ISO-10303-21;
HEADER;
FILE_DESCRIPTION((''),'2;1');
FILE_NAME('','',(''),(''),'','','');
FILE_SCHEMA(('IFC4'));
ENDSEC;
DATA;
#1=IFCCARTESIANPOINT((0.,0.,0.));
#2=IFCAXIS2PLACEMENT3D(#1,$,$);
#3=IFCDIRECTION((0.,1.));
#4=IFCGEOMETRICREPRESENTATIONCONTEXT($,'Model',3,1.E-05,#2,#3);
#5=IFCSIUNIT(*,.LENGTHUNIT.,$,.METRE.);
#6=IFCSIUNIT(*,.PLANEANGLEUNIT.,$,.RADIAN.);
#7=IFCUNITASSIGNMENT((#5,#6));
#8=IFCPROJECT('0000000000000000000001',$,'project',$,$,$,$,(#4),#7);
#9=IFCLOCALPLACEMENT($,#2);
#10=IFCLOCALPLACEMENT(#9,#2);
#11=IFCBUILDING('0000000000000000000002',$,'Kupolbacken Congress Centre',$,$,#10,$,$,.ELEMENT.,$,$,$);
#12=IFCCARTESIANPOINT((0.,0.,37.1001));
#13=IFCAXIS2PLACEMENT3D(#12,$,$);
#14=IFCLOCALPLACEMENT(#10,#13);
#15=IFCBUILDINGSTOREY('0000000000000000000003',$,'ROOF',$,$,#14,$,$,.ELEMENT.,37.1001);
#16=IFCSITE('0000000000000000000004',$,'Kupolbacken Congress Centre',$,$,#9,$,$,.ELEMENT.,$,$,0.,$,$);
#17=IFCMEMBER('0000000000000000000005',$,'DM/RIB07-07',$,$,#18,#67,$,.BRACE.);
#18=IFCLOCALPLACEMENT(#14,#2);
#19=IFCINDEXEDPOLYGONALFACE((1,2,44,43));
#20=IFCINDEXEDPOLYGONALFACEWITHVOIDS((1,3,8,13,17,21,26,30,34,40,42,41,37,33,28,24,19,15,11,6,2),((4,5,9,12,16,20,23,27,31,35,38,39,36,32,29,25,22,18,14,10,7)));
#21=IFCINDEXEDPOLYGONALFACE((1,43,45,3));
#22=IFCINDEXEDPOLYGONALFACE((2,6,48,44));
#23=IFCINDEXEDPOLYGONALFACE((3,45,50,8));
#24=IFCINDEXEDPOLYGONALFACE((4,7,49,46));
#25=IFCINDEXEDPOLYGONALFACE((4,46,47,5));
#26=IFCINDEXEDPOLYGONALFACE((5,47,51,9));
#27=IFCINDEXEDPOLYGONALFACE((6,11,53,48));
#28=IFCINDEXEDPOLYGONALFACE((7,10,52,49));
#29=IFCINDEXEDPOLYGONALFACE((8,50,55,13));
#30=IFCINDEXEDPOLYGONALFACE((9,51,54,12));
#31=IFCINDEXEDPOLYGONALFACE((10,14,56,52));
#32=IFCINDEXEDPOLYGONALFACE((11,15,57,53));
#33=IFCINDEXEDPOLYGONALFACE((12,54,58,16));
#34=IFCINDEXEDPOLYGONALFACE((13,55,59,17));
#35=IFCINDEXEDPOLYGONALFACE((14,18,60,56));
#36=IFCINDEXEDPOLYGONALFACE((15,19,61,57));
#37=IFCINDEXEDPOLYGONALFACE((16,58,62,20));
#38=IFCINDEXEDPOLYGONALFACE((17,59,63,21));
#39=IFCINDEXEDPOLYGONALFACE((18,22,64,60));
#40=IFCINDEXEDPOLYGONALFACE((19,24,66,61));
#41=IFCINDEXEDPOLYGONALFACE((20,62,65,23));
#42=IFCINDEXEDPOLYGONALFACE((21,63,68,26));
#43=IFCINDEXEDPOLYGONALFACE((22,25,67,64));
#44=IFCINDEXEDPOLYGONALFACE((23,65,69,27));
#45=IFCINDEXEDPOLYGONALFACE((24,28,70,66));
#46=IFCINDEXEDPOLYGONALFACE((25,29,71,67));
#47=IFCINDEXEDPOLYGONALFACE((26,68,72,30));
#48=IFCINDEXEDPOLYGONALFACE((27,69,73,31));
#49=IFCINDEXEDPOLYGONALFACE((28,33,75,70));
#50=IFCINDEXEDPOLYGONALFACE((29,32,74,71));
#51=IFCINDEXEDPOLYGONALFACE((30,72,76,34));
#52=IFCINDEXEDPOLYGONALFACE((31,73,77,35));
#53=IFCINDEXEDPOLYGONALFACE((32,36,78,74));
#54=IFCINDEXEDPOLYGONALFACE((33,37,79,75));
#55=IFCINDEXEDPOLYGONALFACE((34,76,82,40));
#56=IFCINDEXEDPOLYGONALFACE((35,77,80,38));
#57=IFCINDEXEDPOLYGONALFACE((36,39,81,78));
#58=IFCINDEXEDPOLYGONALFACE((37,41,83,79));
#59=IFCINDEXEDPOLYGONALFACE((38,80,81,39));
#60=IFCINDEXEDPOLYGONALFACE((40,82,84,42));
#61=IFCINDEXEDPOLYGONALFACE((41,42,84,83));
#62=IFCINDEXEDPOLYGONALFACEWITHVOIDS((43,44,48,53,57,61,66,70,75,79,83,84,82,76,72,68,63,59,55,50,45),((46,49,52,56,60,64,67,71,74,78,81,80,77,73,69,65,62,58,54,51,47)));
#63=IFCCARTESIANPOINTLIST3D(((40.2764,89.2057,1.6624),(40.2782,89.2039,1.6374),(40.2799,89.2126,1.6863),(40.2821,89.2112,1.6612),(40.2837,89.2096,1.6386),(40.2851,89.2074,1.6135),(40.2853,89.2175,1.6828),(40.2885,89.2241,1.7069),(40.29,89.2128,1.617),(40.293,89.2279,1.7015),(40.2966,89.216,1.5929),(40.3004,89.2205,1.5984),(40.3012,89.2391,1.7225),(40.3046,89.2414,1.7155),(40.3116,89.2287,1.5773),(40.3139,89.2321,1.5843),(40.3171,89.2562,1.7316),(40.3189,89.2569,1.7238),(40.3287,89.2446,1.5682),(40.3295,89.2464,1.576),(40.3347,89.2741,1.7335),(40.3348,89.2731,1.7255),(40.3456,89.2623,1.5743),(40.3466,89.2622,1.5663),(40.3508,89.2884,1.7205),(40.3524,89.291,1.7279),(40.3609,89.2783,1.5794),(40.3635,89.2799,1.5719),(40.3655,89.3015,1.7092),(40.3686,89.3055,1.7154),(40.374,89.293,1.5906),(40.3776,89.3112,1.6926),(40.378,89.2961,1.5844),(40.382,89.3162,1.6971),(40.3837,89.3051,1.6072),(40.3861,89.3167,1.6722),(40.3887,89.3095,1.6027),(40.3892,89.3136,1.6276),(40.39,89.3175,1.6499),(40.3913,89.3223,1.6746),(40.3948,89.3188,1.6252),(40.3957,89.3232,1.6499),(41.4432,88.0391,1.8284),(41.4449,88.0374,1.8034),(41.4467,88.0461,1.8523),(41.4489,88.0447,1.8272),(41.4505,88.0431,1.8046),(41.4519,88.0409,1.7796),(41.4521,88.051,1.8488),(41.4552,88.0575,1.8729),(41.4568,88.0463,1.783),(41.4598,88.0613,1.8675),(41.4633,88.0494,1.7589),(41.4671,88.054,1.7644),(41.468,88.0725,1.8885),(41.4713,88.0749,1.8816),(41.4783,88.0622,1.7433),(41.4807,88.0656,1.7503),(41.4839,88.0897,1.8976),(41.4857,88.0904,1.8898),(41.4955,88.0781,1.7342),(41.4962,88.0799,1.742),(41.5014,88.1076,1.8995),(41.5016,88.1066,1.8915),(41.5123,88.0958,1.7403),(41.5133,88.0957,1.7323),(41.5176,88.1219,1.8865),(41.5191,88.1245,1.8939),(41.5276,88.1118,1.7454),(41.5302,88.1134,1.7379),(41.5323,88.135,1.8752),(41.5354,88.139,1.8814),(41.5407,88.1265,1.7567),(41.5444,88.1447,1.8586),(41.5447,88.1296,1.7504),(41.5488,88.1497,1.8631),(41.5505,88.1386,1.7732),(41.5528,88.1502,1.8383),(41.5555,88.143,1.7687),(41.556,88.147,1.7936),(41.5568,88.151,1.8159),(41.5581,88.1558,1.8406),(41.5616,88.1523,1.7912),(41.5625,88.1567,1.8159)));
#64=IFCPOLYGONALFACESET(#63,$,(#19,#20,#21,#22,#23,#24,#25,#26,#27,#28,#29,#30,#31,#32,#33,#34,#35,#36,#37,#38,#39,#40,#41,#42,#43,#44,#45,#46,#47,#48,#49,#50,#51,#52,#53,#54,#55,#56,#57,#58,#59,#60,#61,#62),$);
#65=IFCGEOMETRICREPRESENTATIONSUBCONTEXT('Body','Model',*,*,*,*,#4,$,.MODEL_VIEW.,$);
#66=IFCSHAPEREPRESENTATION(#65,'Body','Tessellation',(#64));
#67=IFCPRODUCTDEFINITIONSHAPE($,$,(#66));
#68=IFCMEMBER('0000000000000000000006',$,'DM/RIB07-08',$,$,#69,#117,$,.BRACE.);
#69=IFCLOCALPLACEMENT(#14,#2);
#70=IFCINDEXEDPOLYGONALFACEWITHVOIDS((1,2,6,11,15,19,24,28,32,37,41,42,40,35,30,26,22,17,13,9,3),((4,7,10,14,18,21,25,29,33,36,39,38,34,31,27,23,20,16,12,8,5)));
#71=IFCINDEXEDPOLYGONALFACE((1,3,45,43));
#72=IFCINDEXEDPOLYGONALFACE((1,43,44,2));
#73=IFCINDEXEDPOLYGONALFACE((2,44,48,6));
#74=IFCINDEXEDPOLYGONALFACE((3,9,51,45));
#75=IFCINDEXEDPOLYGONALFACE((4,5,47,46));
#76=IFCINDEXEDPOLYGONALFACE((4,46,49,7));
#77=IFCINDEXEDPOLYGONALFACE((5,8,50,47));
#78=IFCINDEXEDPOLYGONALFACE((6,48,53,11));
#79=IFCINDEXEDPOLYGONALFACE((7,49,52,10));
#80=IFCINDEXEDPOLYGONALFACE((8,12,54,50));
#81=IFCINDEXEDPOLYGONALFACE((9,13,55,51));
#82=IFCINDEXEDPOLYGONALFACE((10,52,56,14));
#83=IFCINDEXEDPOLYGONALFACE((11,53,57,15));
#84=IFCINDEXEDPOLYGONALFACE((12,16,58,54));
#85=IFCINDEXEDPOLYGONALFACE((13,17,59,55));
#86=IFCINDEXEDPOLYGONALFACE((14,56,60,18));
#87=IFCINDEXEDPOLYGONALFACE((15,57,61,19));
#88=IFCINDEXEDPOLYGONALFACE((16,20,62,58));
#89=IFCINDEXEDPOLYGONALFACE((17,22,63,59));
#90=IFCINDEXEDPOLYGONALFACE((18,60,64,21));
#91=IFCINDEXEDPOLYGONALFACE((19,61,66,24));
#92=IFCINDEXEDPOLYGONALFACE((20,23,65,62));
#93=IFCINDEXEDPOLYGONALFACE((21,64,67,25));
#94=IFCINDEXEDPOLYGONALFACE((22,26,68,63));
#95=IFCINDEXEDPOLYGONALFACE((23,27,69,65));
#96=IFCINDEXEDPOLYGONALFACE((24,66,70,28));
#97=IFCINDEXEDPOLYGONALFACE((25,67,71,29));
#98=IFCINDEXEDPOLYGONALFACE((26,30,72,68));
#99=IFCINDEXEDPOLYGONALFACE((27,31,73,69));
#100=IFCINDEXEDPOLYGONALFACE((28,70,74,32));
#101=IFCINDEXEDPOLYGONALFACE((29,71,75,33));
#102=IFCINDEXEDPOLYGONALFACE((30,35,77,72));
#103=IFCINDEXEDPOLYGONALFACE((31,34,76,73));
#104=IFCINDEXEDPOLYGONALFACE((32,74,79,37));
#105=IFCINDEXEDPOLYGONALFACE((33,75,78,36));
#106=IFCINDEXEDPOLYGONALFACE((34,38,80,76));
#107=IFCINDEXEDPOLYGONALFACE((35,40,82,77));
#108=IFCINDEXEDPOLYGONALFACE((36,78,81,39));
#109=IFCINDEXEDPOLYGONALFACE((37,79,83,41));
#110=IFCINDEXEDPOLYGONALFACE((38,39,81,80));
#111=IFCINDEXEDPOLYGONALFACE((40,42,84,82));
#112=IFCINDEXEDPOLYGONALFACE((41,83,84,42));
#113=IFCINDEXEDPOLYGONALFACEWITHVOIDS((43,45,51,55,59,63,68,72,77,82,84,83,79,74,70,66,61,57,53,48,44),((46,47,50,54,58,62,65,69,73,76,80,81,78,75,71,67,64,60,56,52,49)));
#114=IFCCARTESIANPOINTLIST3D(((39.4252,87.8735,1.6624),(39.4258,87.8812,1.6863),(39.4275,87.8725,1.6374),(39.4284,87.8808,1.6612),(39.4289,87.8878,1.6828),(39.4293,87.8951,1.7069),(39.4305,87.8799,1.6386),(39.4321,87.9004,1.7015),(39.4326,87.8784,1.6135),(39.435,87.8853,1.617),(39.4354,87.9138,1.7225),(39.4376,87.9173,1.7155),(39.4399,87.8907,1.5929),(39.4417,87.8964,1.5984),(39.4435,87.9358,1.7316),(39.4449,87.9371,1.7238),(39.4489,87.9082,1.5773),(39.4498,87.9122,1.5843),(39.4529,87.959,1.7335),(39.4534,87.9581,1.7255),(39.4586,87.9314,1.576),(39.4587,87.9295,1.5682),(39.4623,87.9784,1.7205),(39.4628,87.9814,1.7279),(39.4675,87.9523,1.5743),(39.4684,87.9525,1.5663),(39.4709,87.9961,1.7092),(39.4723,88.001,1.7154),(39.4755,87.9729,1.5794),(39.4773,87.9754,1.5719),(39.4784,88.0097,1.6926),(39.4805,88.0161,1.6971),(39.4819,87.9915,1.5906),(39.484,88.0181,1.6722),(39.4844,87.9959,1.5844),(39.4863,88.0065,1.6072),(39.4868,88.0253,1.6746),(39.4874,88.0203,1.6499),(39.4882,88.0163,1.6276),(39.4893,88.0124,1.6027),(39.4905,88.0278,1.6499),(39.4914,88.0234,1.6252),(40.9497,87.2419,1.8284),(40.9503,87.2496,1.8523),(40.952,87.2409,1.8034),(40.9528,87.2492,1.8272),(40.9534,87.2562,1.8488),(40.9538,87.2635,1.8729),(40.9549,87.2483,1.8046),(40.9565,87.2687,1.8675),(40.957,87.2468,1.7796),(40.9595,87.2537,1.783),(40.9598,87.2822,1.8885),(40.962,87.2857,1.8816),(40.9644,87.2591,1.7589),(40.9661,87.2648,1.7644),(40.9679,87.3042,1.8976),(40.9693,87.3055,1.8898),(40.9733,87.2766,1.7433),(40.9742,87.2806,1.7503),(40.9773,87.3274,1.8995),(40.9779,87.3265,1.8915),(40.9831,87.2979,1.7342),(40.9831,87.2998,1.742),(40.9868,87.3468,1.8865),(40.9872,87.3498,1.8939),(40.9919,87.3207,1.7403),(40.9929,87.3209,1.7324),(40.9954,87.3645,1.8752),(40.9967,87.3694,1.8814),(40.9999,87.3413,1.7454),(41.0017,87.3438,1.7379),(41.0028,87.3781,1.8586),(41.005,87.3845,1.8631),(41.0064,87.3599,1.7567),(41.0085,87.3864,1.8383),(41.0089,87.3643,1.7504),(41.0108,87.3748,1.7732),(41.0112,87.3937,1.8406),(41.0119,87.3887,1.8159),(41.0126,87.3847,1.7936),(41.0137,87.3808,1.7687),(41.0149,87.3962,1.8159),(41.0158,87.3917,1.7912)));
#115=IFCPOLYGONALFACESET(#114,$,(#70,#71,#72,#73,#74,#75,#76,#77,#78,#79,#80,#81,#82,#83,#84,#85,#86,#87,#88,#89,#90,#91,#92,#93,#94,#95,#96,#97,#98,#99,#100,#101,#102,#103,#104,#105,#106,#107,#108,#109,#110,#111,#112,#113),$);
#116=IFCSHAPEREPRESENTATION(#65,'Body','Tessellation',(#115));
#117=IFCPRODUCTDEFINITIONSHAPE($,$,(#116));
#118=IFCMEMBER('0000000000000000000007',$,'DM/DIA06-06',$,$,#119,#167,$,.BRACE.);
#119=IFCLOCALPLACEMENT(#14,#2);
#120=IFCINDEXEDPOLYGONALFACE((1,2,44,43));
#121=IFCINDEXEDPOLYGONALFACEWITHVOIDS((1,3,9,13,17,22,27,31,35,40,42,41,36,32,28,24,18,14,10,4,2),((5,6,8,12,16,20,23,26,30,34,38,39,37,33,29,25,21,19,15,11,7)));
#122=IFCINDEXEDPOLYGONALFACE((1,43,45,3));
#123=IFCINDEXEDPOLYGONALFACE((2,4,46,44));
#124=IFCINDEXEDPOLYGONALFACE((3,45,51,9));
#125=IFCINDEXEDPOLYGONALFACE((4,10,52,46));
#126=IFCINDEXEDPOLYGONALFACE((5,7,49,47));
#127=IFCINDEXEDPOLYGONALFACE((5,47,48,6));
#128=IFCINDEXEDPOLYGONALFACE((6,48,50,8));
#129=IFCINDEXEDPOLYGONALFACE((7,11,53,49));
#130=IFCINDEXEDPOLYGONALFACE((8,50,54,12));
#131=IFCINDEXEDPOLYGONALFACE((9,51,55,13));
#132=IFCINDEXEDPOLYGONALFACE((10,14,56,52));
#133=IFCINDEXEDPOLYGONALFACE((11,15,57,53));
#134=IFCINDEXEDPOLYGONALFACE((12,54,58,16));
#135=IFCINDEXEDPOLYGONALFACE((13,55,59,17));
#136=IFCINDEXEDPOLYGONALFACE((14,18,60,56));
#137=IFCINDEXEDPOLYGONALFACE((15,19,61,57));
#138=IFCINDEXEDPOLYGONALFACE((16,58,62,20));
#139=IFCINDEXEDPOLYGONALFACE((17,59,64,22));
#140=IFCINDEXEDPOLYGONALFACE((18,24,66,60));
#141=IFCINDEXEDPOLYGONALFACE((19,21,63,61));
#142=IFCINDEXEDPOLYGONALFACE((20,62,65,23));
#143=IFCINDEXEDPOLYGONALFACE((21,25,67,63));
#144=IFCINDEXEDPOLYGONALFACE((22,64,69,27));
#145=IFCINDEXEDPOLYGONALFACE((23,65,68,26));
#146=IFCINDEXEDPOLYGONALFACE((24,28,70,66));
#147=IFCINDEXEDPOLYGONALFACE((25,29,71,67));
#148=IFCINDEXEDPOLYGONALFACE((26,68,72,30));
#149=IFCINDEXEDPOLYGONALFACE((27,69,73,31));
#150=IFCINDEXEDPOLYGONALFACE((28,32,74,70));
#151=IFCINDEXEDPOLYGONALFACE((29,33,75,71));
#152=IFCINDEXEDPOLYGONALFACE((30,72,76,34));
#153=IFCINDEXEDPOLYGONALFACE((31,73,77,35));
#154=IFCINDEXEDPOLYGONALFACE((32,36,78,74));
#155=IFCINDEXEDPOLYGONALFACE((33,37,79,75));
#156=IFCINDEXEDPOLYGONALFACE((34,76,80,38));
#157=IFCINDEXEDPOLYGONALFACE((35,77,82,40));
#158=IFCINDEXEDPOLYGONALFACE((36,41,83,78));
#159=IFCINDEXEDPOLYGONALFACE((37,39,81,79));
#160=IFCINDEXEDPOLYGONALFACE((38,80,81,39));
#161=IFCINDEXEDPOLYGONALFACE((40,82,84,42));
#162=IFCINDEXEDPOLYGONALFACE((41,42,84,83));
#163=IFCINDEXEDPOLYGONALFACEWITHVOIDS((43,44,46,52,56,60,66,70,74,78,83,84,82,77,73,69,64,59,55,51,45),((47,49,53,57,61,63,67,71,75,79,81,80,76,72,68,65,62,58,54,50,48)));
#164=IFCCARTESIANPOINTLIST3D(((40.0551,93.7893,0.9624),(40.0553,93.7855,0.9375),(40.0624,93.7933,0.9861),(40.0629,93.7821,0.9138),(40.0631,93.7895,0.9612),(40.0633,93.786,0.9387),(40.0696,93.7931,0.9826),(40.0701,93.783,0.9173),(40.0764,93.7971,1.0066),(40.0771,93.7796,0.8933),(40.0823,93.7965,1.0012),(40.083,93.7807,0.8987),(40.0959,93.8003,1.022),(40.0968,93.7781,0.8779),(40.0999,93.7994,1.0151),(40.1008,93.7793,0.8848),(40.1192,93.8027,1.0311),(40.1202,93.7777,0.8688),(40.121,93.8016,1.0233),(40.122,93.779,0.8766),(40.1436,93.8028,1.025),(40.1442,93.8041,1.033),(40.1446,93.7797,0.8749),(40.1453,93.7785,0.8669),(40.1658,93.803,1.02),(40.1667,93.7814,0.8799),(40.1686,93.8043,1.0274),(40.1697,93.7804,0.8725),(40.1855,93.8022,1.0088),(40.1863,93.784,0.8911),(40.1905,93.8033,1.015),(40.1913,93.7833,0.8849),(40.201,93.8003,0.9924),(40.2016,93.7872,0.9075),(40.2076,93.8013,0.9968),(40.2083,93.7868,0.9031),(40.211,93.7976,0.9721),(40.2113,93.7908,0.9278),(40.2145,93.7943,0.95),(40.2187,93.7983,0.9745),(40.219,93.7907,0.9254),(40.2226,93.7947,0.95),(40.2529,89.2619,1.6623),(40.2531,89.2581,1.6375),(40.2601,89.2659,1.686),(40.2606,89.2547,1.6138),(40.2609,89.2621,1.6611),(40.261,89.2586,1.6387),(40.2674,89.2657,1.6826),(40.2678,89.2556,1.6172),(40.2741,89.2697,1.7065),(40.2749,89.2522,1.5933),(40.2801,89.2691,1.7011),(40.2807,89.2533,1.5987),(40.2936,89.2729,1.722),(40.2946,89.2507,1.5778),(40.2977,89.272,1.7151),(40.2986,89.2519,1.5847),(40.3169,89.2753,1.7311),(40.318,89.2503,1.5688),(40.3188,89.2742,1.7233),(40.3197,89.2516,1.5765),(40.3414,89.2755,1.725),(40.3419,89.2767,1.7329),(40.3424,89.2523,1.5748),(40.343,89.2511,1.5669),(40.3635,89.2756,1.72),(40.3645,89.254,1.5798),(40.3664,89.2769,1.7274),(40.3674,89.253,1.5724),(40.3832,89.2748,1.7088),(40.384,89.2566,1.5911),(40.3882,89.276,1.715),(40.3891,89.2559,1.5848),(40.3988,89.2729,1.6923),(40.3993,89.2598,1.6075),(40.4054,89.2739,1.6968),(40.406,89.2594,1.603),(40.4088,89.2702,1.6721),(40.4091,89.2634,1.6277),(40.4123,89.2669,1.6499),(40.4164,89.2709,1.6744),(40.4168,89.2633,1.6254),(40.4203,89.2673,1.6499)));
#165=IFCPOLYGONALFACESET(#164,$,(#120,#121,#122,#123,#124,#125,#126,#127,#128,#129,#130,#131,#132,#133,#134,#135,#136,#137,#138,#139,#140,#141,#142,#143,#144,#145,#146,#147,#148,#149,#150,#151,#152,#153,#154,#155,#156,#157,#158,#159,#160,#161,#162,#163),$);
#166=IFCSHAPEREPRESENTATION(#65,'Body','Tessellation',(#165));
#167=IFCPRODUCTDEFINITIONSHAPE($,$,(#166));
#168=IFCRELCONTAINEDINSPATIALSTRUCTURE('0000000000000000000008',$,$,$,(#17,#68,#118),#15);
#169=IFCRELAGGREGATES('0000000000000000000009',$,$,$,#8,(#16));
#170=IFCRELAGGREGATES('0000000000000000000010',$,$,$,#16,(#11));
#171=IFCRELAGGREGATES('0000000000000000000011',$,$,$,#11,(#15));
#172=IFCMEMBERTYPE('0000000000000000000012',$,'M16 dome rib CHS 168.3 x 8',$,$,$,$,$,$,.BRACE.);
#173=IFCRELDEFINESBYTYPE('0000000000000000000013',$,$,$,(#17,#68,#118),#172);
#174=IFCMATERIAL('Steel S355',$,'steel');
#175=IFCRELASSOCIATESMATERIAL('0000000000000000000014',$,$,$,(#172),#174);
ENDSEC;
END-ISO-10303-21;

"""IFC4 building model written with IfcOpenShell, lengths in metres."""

from ifc_helpers import new_model, si_unit, direction, frame, origin, origin_2d, place, context, subcontext, project, spatial, hollow_circle, extrude, material, material_profile, profile_set, type_object, element, save


model = new_model("IFC4")

# Units and contexts
model_context = context("Model", 3, precision=1e-05, world=origin(), true_north=direction((0.0, 1.0)))
body_context = subcontext(model_context, "Body", "Model", "MODEL_VIEW")
ifc_project = project(units=[si_unit("LENGTHUNIT", "METRE"), si_unit("PLANEANGLEUNIT", "RADIAN")], contexts=[model_context])

# Site, building, storey
site_placement = place(None, origin())
site = spatial("IfcSite", under=ifc_project, at=site_placement, Name="Kupolbacken Congress Centre", CompositionType="ELEMENT", RefElevation=0.0)
building_placement = place(site_placement, origin())
building = spatial("IfcBuilding", under=site, at=building_placement, Name="Kupolbacken Congress Centre", CompositionType="ELEMENT")
storey_placement = place(building_placement, frame((0.0, 0.0, 37.1001)))
storey = spatial("IfcBuildingStorey", under=building, at=storey_placement, Name="ROOF", CompositionType="ELEMENT", Elevation=37.1001)

# Members
ifc_material_1 = material(Name="Steel S355", Category="steel")
ifc_material_profile_1 = material_profile(ifc_material_1, hollow_circle(Radius=0.0842, WallThickness=0.0081, at=origin_2d()), Name="CHS 168.3 x 8")
ifc_profile_set_1 = profile_set([ifc_material_profile_1], Name="Steel S355")
member_type_1 = type_object("IfcMemberType", Name="M16 dome rib CHS 168.3 x 8", PredefinedType="BRACE", material=ifc_profile_set_1)
for number, where, z_axis, x_axis, name in (
    (1, (40.3362, 89.2637, 1.6499), (0.703628, -0.70348, 0.100119), (0.707033, 0.707181, 0.0), "DM/RIB07-07"),
):
    element("IfcMember", number, at=place(storey_placement, frame(where, z_axis=z_axis, x_axis=x_axis)), inside=storey, type_object=member_type_1, Name=name, PredefinedType="BRACE", context=body_context, shape_type="SweptSolid", body=[
        extrude(hollow_circle(Radius=0.0842, WallThickness=0.0081, at=origin_2d()), origin(), (0.0, 0.0, 1.0), 1.6582),
    ])
member_1_placement = place(storey_placement, frame((39.4583, 87.95, 1.6499), z_axis=(0.919205, -0.380843, 0.100106), x_axis=(0.382766, 0.923845, 0.0)))
element("IfcMember", 2, at=member_1_placement, inside=storey, type_object=member_type_1, Name="DM/RIB07-08", PredefinedType="BRACE", context=body_context, shape_type="SweptSolid", body=[
    extrude(hollow_circle(Radius=0.0842, WallThickness=0.0081, at=origin_2d()), origin(), (0.0, 0.0, 1.0), 1.6584),
])
member_2_placement = place(storey_placement, frame((40.1384, 93.791, 0.95), z_axis=(0.043127, -0.987339, 0.152648), x_axis=(0.999047, 0.043638, 0.0)))
element("IfcMember", 3, at=member_2_placement, inside=storey, type_object=member_type_1, Name="DM/DIA06-06", PredefinedType="BRACE", context=body_context, shape_type="SweptSolid", body=[
    extrude(hollow_circle(Radius=0.0842, WallThickness=0.0081, at=origin_2d()), origin(), (0.0, 0.0, 1.0), 4.5854),
])

save(model, "model.ifc")
